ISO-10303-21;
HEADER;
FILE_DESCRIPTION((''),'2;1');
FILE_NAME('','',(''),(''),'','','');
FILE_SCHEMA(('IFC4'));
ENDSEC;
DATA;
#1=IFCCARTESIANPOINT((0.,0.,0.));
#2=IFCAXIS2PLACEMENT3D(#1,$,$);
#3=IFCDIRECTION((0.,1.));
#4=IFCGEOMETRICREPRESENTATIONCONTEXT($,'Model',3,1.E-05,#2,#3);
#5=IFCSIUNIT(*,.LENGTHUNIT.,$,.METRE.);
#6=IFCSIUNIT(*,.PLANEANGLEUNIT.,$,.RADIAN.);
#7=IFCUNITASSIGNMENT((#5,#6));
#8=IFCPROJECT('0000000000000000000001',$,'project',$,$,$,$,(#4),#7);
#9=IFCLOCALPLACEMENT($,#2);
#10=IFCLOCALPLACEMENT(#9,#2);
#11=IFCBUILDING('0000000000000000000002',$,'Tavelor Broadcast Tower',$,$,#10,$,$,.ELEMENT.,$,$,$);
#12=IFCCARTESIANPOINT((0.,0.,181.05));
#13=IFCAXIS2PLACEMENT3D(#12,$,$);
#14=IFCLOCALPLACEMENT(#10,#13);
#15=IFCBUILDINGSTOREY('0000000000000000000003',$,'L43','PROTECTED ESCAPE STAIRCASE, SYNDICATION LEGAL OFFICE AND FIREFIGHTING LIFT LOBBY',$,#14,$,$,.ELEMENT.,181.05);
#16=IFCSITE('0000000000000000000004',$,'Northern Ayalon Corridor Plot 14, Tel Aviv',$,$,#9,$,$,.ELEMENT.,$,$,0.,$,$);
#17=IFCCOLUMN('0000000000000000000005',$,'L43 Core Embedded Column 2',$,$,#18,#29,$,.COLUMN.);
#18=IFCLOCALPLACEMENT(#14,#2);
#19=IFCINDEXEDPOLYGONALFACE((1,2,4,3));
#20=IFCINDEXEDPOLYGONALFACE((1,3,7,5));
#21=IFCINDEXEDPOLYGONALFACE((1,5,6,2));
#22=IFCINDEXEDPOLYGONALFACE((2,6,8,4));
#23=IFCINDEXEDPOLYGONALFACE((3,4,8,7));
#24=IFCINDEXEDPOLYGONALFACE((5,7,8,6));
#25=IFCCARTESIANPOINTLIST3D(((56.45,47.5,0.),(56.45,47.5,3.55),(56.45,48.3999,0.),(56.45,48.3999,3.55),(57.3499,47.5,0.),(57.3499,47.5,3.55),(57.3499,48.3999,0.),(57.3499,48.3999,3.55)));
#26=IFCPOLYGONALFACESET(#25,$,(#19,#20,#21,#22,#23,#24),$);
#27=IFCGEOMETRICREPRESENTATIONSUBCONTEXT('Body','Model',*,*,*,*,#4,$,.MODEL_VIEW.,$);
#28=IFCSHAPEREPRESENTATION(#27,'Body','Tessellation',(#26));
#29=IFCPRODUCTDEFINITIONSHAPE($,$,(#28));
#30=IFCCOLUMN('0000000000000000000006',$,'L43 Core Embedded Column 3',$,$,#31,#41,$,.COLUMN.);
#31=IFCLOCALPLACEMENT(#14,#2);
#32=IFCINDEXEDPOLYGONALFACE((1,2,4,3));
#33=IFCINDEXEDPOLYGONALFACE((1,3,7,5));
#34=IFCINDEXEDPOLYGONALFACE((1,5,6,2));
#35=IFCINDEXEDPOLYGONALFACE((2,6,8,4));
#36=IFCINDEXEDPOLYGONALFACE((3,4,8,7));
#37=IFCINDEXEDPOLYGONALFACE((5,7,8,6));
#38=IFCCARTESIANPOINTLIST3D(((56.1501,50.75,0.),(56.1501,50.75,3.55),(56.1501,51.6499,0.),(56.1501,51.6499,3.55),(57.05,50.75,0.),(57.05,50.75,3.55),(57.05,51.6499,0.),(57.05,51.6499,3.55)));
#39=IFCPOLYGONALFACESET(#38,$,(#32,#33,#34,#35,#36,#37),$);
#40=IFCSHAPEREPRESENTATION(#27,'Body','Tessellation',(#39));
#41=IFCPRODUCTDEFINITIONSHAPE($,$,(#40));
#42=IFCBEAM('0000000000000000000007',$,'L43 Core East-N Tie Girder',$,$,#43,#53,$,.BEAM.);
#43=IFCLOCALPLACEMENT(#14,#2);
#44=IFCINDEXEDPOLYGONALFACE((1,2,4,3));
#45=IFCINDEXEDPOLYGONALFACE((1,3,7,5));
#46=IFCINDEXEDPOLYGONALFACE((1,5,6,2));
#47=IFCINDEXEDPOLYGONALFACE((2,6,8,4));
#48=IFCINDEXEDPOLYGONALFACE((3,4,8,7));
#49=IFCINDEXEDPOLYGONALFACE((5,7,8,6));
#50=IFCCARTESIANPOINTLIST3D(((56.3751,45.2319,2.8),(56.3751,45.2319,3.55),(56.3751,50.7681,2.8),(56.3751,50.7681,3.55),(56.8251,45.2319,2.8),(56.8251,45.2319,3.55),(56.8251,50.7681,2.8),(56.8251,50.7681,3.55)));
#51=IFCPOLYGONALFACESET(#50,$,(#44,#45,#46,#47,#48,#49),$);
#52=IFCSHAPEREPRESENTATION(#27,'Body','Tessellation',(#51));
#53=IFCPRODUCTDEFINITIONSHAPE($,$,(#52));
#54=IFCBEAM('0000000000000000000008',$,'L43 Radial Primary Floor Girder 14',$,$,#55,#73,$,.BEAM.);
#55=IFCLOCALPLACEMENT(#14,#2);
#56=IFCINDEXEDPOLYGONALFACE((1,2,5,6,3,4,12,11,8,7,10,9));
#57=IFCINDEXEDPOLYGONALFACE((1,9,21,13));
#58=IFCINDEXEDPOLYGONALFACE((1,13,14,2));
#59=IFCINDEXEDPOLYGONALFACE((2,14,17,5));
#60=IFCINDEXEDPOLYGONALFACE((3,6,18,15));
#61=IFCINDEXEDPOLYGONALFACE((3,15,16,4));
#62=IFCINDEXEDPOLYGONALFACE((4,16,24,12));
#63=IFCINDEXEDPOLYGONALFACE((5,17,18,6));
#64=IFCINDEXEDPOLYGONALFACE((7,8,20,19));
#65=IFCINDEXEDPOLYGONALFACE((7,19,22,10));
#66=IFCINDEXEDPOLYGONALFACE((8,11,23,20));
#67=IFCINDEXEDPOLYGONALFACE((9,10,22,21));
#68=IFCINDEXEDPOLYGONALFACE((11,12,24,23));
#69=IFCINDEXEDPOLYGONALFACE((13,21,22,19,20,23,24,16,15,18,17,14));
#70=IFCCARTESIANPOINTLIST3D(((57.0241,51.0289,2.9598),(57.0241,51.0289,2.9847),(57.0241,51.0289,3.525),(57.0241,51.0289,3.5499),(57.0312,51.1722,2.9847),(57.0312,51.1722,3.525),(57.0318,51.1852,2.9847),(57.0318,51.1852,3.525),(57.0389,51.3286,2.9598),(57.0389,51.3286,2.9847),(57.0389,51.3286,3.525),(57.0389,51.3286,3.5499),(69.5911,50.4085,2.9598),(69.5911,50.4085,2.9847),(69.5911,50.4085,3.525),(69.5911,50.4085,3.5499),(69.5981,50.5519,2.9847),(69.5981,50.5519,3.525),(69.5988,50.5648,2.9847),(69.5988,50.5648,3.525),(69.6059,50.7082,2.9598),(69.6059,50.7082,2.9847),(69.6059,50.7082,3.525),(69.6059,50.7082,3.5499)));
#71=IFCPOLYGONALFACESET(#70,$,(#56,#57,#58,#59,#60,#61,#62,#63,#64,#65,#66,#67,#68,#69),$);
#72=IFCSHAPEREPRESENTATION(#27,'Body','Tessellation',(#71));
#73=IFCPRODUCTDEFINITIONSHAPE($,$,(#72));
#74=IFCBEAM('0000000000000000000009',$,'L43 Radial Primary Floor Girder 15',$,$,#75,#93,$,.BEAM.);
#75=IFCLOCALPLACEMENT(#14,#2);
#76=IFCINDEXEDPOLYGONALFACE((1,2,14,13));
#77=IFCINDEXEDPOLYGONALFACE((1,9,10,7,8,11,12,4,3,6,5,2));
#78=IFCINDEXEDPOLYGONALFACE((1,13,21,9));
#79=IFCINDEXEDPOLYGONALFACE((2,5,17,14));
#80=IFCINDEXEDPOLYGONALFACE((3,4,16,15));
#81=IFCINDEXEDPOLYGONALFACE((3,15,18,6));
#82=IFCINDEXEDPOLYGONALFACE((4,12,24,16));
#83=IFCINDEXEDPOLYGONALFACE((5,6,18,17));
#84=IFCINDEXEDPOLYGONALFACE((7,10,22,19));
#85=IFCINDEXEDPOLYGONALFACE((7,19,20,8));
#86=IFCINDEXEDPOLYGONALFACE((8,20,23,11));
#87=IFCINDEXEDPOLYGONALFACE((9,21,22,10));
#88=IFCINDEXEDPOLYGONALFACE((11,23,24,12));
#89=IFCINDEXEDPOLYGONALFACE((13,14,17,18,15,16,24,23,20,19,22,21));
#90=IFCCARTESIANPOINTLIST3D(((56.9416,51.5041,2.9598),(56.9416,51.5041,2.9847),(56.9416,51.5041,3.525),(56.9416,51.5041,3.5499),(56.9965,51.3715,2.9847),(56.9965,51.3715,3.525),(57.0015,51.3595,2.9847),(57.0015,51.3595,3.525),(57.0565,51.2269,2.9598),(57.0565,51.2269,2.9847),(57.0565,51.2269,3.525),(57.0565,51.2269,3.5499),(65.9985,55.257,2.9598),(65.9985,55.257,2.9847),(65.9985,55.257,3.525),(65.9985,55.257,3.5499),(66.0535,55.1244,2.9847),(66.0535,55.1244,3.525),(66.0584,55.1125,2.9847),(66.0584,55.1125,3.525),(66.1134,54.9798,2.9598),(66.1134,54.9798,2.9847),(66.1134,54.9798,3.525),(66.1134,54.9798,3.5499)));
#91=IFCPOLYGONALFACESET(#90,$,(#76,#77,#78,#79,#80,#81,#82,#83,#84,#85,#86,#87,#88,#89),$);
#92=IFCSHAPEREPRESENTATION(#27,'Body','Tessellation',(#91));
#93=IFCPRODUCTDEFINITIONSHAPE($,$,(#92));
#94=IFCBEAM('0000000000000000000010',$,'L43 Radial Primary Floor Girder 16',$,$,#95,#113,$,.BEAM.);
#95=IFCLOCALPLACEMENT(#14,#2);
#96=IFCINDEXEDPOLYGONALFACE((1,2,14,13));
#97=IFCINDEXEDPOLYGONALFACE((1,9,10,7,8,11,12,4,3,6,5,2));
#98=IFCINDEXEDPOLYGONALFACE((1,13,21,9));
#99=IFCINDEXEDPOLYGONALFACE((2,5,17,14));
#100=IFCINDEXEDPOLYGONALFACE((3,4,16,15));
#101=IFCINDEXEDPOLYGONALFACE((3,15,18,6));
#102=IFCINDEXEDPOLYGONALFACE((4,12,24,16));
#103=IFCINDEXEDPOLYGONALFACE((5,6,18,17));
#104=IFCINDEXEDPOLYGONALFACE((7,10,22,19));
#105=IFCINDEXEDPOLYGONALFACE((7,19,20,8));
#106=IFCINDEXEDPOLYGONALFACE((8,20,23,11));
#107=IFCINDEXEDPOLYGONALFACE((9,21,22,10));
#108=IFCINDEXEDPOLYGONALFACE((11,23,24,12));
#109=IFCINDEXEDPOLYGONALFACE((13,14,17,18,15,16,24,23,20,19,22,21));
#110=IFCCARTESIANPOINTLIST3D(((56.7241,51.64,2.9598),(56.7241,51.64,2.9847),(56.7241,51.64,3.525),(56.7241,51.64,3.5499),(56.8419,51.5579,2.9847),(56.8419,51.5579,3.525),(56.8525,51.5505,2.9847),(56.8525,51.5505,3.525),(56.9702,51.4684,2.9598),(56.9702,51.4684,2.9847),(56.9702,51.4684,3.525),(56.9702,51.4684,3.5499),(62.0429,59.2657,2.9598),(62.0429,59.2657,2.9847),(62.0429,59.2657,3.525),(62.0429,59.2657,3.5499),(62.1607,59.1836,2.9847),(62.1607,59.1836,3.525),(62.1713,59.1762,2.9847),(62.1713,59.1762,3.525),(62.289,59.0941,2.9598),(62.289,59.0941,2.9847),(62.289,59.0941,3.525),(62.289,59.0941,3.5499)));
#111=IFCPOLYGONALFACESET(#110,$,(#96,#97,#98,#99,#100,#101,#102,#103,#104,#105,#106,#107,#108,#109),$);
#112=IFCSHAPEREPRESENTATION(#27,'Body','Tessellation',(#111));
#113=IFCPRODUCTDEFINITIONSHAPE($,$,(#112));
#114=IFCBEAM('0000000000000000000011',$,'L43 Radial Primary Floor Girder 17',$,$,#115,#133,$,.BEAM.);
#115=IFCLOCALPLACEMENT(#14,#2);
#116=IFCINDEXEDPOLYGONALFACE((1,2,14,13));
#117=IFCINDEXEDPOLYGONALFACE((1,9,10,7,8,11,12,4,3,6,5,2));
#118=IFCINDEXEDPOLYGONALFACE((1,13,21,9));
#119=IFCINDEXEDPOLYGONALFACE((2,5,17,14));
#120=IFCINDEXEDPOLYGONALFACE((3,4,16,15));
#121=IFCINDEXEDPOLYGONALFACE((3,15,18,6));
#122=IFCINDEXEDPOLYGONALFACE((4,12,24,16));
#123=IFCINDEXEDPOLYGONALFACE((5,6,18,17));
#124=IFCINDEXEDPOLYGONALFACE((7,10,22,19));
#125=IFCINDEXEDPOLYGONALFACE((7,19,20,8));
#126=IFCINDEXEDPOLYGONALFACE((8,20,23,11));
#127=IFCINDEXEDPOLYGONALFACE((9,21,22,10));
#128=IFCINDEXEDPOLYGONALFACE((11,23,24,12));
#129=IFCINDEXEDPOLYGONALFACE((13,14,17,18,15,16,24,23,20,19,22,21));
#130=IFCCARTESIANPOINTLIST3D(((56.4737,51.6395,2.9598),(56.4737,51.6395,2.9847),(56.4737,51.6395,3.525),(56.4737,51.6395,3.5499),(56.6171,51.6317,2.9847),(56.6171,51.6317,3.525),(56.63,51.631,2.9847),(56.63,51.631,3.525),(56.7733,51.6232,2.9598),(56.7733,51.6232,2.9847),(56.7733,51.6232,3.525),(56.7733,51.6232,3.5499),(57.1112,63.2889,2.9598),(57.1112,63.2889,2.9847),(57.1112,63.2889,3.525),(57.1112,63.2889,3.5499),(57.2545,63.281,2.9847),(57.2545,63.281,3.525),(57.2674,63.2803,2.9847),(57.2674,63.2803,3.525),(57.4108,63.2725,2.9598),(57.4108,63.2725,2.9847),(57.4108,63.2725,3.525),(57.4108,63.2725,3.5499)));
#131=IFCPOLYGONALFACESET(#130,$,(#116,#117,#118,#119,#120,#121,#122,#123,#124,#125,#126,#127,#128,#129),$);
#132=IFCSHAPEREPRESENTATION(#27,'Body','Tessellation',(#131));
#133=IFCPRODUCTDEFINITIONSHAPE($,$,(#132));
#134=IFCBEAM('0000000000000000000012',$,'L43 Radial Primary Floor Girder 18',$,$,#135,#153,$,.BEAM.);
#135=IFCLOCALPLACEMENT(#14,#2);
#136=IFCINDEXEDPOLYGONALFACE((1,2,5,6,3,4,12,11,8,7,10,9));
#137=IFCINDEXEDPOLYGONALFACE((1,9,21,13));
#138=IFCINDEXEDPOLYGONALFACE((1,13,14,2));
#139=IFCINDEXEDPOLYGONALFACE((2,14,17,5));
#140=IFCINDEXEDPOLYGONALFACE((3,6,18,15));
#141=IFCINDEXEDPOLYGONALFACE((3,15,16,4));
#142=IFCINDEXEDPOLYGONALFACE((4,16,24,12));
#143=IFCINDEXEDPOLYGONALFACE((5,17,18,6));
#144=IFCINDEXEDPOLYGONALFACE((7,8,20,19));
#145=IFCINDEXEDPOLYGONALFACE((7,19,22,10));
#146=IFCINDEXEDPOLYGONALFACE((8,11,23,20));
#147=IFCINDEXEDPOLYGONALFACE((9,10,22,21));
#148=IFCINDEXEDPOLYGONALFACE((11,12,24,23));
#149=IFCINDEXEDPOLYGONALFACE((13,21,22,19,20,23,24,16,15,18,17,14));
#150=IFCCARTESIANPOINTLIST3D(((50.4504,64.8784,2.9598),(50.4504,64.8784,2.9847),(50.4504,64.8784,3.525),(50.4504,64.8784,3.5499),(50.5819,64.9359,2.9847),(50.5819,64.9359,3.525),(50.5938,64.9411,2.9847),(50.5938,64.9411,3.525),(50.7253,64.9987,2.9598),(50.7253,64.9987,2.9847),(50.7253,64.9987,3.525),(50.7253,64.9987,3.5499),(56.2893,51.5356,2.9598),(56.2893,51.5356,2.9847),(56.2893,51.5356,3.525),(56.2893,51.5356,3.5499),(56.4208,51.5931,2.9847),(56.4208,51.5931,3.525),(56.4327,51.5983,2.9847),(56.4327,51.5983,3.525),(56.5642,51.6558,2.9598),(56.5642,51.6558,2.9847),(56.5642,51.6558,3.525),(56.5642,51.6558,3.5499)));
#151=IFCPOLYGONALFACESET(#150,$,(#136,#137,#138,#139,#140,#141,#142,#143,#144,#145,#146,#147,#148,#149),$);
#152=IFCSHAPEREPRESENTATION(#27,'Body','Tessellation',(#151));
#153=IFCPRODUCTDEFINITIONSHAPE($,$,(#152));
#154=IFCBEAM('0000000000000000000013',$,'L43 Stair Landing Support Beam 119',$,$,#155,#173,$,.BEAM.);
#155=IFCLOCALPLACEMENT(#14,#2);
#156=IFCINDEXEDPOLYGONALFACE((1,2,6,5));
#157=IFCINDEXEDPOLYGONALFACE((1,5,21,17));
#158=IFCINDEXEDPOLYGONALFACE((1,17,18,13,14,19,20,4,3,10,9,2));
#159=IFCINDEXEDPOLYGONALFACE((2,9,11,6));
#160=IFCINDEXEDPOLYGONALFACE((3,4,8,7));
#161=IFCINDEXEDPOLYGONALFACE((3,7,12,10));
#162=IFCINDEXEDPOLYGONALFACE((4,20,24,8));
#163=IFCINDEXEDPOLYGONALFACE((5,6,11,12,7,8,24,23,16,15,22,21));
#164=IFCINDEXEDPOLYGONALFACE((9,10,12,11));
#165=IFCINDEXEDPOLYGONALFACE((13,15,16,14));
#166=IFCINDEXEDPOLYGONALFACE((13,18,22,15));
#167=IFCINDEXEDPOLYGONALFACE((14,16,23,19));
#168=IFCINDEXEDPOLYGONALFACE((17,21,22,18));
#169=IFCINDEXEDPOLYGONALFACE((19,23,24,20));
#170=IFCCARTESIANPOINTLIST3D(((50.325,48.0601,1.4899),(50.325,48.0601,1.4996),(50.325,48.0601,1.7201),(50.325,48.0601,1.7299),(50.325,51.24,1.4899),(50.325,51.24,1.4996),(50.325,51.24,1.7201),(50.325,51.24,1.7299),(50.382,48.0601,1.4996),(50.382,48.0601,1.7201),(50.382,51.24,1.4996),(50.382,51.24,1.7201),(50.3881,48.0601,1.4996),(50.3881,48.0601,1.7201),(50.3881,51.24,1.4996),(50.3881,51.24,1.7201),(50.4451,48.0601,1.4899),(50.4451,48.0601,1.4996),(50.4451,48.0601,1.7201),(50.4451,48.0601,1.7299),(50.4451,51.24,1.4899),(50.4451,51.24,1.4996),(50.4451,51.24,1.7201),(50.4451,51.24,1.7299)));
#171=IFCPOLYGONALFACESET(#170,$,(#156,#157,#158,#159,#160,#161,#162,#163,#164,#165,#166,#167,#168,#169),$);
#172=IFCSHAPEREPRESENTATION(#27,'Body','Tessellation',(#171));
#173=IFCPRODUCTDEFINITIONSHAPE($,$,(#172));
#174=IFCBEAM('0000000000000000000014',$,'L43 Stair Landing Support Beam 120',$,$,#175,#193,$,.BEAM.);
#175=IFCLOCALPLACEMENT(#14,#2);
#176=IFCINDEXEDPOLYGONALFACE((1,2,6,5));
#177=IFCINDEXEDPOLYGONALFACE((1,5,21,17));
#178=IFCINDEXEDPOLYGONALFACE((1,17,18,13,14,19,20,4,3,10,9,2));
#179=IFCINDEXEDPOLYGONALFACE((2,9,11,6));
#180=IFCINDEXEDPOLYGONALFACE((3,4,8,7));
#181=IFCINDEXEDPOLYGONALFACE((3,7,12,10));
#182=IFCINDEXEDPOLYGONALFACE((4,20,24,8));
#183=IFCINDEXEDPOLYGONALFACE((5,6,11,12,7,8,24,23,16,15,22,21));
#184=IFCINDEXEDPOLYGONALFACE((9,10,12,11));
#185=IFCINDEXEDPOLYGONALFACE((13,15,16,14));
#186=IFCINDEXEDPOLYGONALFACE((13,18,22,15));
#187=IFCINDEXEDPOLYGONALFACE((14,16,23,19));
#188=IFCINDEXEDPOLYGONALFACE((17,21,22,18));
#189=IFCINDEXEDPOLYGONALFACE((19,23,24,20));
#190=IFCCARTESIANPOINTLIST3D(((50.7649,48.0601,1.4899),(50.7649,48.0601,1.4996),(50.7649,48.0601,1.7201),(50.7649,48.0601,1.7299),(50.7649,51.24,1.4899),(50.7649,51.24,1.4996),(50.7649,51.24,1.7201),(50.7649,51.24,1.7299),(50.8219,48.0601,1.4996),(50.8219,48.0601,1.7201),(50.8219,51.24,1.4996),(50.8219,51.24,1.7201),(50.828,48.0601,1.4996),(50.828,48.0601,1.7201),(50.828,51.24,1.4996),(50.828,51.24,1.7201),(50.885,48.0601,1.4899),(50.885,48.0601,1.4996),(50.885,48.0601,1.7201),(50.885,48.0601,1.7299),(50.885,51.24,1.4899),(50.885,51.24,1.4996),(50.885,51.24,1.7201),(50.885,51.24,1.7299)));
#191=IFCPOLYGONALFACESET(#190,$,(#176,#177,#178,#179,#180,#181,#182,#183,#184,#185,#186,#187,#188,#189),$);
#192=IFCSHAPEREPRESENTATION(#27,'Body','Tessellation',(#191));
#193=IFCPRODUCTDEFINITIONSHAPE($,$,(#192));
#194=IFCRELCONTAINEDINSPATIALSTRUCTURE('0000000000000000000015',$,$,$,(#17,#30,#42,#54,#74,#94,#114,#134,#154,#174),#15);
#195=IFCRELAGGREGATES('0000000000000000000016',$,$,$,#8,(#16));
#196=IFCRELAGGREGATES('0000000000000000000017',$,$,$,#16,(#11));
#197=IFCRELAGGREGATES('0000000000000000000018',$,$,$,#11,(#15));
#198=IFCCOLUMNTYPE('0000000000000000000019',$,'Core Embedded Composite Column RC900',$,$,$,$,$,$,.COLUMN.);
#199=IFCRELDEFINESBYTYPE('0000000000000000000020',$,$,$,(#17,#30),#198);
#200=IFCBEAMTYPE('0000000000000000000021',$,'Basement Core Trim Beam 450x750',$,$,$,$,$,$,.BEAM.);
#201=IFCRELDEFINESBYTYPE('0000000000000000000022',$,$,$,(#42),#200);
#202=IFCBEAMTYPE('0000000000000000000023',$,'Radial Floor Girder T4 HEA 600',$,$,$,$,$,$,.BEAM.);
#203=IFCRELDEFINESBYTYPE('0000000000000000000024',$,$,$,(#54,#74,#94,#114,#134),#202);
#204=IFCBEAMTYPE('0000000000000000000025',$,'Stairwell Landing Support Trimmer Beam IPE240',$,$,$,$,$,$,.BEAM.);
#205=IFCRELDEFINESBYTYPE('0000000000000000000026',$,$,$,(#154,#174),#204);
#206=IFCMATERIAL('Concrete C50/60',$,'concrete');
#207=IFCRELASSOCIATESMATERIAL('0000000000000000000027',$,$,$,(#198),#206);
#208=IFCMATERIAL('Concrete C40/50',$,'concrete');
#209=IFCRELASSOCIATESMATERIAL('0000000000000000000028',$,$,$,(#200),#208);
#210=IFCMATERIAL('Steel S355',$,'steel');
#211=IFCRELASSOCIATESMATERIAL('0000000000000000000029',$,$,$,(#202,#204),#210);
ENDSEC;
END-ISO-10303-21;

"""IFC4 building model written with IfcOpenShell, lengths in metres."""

from ifc_helpers import new_model, si_unit, direction, frame, origin, origin_2d, place, context, subcontext, project, spatial, rectangle, i_section, extrude, material, material_profile, profile_set, type_object, element, save


model = new_model("IFC4")

# Units and contexts
model_context = context("Model", 3, precision=1e-05, world=origin(), true_north=direction((0.0, 1.0)))
body_context = subcontext(model_context, "Body", "Model", "MODEL_VIEW")
ifc_project = project(units=[si_unit("LENGTHUNIT", "METRE"), si_unit("PLANEANGLEUNIT", "RADIAN")], contexts=[model_context])

# Site, building, storey
site_placement = place(None, origin())
site = spatial("IfcSite", under=ifc_project, at=site_placement, Name="Northern Ayalon Corridor Plot 14, Tel Aviv", CompositionType="ELEMENT", RefElevation=0.0)
building_placement = place(site_placement, origin())
building = spatial("IfcBuilding", under=site, at=building_placement, Name="Tavelor Broadcast Tower", CompositionType="ELEMENT")
storey_placement = place(building_placement, frame((0.0, 0.0, 181.05)))
storey = spatial("IfcBuildingStorey", under=building, at=storey_placement, Name="L43", Description="PROTECTED ESCAPE STAIRCASE, SYNDICATION LEGAL OFFICE AND FIREFIGHTING LIFT LOBBY", CompositionType="ELEMENT", Elevation=181.05)

# Columns
ifc_material_1 = material(Name="Concrete C50/60", Category="concrete")
ifc_material_profile_1 = material_profile(ifc_material_1, rectangle(XDim=0.8999, YDim=0.8999, at=origin_2d()), Name="RC 900x900")
ifc_profile_set_1 = profile_set([ifc_material_profile_1], Name="Concrete C50/60")
column_type = type_object("IfcColumnType", Name="Core Embedded Composite Column RC900", PredefinedType="COLUMN", material=ifc_profile_set_1)
for number, where, z_axis, x_axis, name in (
    (1, (56.8999, 47.95, 0.0), (0.0, 0.0, 1.0), (1.0, 0.0, 0.0), "L43 Core Embedded Column 2"),
    (2, (56.6001, 51.2, 0.0), (0.0, 0.0, 1.0), (1.0, 0.0, 0.0), "L43 Core Embedded Column 3"),
):
    element("IfcColumn", number, at=place(storey_placement, frame(where, z_axis=z_axis, x_axis=x_axis)), inside=storey, type_object=column_type, Name=name, PredefinedType="COLUMN", context=body_context, shape_type="SweptSolid", body=[
        extrude(rectangle(XDim=0.8999, YDim=0.8999, at=origin_2d()), origin(), (0.0, 0.0, 1.0), 3.55),
    ])

# Beams
ifc_material_2 = material(Name="Concrete C40/50", Category="concrete")
ifc_material_profile_2 = material_profile(ifc_material_2, rectangle(XDim=0.45, YDim=0.75, at=origin_2d()), Name="RC 450x750")
ifc_profile_set_2 = profile_set([ifc_material_profile_2], Name="Concrete C40/50")
beam_type_1 = type_object("IfcBeamType", Name="Basement Core Trim Beam 450x750", PredefinedType="BEAM", material=ifc_profile_set_2)
beam_1_placement = place(storey_placement, frame((56.6001, 45.2319, 3.175), z_axis=(0.0, 1.0, 0.0), x_axis=(-1.0, 0.0, 0.0)))
element("IfcBeam", 3, at=beam_1_placement, inside=storey, type_object=beam_type_1, Name="L43 Core East-N Tie Girder", PredefinedType="BEAM", context=body_context, shape_type="SweptSolid", body=[
    extrude(rectangle(XDim=0.45, YDim=0.75, at=origin_2d()), origin(), (0.0, 0.0, 1.0), 5.5361),
])
ifc_material_3 = material(Name="Steel S355", Category="steel")
ifc_material_profile_3 = material_profile(ifc_material_3, i_section(OverallWidth=0.3, OverallDepth=0.5901, WebThickness=0.0129, FlangeThickness=0.0249, at=origin_2d()), Name="HEA 600")
ifc_profile_set_3 = profile_set([ifc_material_profile_3], Name="Steel S355")
beam_type_2 = type_object("IfcBeamType", Name="Radial Floor Girder T4 HEA 600", PredefinedType="BEAM", material=ifc_profile_set_3)
beam_2_placement = place(storey_placement, frame((57.0315, 51.1787, 3.2549), z_axis=(0.998784, -0.049305, 0.0), x_axis=(0.049305, 0.998784, 0.0)))
element("IfcBeam", 4, at=beam_2_placement, inside=storey, type_object=beam_type_2, Name="L43 Radial Primary Floor Girder 14", PredefinedType="BEAM", context=body_context, shape_type="SweptSolid", body=[
    extrude(i_section(OverallWidth=0.3, OverallDepth=0.5901, WebThickness=0.0129, FlangeThickness=0.0249, at=origin_2d()), origin(), (0.0, 0.0, 1.0), 12.5823),
])
beam_3_placement = place(storey_placement, frame((56.999, 51.3655, 3.2549), z_axis=(0.923827, 0.382809, 0.0), x_axis=(-0.382809, 0.923827, 0.0)))
element("IfcBeam", 5, at=beam_3_placement, inside=storey, type_object=beam_type_2, Name="L43 Radial Primary Floor Girder 15", PredefinedType="BEAM", context=body_context, shape_type="SweptSolid", body=[
    extrude(i_section(OverallWidth=0.3, OverallDepth=0.5901, WebThickness=0.0129, FlangeThickness=0.0249, at=origin_2d()), origin(), (0.0, 0.0, 1.0), 9.8037),
])
beam_4_placement = place(storey_placement, frame((56.8472, 51.5542, 3.2549), z_axis=(0.572078, 0.820199, 0.0), x_axis=(-0.820199, 0.572078, 0.0)))
element("IfcBeam", 6, at=beam_4_placement, inside=storey, type_object=beam_type_2, Name="L43 Radial Primary Floor Girder 16", PredefinedType="BEAM", context=body_context, shape_type="SweptSolid", body=[
    extrude(i_section(OverallWidth=0.3, OverallDepth=0.5901, WebThickness=0.0129, FlangeThickness=0.0249, at=origin_2d()), origin(), (0.0, 0.0, 1.0), 9.2974),
])
beam_5_placement = place(storey_placement, frame((56.6235, 51.6313, 3.2549), z_axis=(0.054638, 0.998506, 0.0), x_axis=(-0.998506, 0.054638, 0.0)))
element("IfcBeam", 7, at=beam_5_placement, inside=storey, type_object=beam_type_2, Name="L43 Radial Primary Floor Girder 17", PredefinedType="BEAM", context=body_context, shape_type="SweptSolid", body=[
    extrude(i_section(OverallWidth=0.3, OverallDepth=0.5901, WebThickness=0.0129, FlangeThickness=0.0249, at=origin_2d()), origin(), (0.0, 0.0, 1.0), 11.6667),
])
beam_6_placement = place(storey_placement, frame((56.4268, 51.5957, 3.2549), z_axis=(-0.4009, 0.916122, 0.0), x_axis=(-0.916122, -0.4009, 0.0)))
element("IfcBeam", 8, at=beam_6_placement, inside=storey, type_object=beam_type_2, Name="L43 Radial Primary Floor Girder 18", PredefinedType="BEAM", context=body_context, shape_type="SweptSolid", body=[
    extrude(i_section(OverallWidth=0.3, OverallDepth=0.5901, WebThickness=0.0129, FlangeThickness=0.0249, at=origin_2d()), origin(), (0.0, 0.0, 1.0), 14.5645),
])
ifc_material_profile_4 = material_profile(ifc_material_3, i_section(OverallWidth=0.1201, OverallDepth=0.24, WebThickness=0.0061, FlangeThickness=0.0098, at=origin_2d()), Name="IPE 240")
ifc_profile_set_4 = profile_set([ifc_material_profile_4], Name="Steel S355")
beam_type_3 = type_object("IfcBeamType", Name="Stairwell Landing Support Trimmer Beam IPE240", PredefinedType="BEAM", material=ifc_profile_set_4)
for number, where, z_axis, x_axis, name in (
    (9, (50.385, 48.0601, 1.6099), (0.0, 1.0, 0.0), (-1.0, 0.0, 0.0), "L43 Stair Landing Support Beam 119"),
    (10, (50.825, 48.0601, 1.6099), (0.0, 1.0, 0.0), (-1.0, 0.0, 0.0), "L43 Stair Landing Support Beam 120"),
):
    element("IfcBeam", number, at=place(storey_placement, frame(where, z_axis=z_axis, x_axis=x_axis)), inside=storey, type_object=beam_type_3, Name=name, PredefinedType="BEAM", context=body_context, shape_type="SweptSolid", body=[
        extrude(i_section(OverallWidth=0.1201, OverallDepth=0.24, WebThickness=0.0061, FlangeThickness=0.0098, at=origin_2d()), origin(), (0.0, 0.0, 1.0), 3.1799),
    ])

save(model, "model.ifc")
